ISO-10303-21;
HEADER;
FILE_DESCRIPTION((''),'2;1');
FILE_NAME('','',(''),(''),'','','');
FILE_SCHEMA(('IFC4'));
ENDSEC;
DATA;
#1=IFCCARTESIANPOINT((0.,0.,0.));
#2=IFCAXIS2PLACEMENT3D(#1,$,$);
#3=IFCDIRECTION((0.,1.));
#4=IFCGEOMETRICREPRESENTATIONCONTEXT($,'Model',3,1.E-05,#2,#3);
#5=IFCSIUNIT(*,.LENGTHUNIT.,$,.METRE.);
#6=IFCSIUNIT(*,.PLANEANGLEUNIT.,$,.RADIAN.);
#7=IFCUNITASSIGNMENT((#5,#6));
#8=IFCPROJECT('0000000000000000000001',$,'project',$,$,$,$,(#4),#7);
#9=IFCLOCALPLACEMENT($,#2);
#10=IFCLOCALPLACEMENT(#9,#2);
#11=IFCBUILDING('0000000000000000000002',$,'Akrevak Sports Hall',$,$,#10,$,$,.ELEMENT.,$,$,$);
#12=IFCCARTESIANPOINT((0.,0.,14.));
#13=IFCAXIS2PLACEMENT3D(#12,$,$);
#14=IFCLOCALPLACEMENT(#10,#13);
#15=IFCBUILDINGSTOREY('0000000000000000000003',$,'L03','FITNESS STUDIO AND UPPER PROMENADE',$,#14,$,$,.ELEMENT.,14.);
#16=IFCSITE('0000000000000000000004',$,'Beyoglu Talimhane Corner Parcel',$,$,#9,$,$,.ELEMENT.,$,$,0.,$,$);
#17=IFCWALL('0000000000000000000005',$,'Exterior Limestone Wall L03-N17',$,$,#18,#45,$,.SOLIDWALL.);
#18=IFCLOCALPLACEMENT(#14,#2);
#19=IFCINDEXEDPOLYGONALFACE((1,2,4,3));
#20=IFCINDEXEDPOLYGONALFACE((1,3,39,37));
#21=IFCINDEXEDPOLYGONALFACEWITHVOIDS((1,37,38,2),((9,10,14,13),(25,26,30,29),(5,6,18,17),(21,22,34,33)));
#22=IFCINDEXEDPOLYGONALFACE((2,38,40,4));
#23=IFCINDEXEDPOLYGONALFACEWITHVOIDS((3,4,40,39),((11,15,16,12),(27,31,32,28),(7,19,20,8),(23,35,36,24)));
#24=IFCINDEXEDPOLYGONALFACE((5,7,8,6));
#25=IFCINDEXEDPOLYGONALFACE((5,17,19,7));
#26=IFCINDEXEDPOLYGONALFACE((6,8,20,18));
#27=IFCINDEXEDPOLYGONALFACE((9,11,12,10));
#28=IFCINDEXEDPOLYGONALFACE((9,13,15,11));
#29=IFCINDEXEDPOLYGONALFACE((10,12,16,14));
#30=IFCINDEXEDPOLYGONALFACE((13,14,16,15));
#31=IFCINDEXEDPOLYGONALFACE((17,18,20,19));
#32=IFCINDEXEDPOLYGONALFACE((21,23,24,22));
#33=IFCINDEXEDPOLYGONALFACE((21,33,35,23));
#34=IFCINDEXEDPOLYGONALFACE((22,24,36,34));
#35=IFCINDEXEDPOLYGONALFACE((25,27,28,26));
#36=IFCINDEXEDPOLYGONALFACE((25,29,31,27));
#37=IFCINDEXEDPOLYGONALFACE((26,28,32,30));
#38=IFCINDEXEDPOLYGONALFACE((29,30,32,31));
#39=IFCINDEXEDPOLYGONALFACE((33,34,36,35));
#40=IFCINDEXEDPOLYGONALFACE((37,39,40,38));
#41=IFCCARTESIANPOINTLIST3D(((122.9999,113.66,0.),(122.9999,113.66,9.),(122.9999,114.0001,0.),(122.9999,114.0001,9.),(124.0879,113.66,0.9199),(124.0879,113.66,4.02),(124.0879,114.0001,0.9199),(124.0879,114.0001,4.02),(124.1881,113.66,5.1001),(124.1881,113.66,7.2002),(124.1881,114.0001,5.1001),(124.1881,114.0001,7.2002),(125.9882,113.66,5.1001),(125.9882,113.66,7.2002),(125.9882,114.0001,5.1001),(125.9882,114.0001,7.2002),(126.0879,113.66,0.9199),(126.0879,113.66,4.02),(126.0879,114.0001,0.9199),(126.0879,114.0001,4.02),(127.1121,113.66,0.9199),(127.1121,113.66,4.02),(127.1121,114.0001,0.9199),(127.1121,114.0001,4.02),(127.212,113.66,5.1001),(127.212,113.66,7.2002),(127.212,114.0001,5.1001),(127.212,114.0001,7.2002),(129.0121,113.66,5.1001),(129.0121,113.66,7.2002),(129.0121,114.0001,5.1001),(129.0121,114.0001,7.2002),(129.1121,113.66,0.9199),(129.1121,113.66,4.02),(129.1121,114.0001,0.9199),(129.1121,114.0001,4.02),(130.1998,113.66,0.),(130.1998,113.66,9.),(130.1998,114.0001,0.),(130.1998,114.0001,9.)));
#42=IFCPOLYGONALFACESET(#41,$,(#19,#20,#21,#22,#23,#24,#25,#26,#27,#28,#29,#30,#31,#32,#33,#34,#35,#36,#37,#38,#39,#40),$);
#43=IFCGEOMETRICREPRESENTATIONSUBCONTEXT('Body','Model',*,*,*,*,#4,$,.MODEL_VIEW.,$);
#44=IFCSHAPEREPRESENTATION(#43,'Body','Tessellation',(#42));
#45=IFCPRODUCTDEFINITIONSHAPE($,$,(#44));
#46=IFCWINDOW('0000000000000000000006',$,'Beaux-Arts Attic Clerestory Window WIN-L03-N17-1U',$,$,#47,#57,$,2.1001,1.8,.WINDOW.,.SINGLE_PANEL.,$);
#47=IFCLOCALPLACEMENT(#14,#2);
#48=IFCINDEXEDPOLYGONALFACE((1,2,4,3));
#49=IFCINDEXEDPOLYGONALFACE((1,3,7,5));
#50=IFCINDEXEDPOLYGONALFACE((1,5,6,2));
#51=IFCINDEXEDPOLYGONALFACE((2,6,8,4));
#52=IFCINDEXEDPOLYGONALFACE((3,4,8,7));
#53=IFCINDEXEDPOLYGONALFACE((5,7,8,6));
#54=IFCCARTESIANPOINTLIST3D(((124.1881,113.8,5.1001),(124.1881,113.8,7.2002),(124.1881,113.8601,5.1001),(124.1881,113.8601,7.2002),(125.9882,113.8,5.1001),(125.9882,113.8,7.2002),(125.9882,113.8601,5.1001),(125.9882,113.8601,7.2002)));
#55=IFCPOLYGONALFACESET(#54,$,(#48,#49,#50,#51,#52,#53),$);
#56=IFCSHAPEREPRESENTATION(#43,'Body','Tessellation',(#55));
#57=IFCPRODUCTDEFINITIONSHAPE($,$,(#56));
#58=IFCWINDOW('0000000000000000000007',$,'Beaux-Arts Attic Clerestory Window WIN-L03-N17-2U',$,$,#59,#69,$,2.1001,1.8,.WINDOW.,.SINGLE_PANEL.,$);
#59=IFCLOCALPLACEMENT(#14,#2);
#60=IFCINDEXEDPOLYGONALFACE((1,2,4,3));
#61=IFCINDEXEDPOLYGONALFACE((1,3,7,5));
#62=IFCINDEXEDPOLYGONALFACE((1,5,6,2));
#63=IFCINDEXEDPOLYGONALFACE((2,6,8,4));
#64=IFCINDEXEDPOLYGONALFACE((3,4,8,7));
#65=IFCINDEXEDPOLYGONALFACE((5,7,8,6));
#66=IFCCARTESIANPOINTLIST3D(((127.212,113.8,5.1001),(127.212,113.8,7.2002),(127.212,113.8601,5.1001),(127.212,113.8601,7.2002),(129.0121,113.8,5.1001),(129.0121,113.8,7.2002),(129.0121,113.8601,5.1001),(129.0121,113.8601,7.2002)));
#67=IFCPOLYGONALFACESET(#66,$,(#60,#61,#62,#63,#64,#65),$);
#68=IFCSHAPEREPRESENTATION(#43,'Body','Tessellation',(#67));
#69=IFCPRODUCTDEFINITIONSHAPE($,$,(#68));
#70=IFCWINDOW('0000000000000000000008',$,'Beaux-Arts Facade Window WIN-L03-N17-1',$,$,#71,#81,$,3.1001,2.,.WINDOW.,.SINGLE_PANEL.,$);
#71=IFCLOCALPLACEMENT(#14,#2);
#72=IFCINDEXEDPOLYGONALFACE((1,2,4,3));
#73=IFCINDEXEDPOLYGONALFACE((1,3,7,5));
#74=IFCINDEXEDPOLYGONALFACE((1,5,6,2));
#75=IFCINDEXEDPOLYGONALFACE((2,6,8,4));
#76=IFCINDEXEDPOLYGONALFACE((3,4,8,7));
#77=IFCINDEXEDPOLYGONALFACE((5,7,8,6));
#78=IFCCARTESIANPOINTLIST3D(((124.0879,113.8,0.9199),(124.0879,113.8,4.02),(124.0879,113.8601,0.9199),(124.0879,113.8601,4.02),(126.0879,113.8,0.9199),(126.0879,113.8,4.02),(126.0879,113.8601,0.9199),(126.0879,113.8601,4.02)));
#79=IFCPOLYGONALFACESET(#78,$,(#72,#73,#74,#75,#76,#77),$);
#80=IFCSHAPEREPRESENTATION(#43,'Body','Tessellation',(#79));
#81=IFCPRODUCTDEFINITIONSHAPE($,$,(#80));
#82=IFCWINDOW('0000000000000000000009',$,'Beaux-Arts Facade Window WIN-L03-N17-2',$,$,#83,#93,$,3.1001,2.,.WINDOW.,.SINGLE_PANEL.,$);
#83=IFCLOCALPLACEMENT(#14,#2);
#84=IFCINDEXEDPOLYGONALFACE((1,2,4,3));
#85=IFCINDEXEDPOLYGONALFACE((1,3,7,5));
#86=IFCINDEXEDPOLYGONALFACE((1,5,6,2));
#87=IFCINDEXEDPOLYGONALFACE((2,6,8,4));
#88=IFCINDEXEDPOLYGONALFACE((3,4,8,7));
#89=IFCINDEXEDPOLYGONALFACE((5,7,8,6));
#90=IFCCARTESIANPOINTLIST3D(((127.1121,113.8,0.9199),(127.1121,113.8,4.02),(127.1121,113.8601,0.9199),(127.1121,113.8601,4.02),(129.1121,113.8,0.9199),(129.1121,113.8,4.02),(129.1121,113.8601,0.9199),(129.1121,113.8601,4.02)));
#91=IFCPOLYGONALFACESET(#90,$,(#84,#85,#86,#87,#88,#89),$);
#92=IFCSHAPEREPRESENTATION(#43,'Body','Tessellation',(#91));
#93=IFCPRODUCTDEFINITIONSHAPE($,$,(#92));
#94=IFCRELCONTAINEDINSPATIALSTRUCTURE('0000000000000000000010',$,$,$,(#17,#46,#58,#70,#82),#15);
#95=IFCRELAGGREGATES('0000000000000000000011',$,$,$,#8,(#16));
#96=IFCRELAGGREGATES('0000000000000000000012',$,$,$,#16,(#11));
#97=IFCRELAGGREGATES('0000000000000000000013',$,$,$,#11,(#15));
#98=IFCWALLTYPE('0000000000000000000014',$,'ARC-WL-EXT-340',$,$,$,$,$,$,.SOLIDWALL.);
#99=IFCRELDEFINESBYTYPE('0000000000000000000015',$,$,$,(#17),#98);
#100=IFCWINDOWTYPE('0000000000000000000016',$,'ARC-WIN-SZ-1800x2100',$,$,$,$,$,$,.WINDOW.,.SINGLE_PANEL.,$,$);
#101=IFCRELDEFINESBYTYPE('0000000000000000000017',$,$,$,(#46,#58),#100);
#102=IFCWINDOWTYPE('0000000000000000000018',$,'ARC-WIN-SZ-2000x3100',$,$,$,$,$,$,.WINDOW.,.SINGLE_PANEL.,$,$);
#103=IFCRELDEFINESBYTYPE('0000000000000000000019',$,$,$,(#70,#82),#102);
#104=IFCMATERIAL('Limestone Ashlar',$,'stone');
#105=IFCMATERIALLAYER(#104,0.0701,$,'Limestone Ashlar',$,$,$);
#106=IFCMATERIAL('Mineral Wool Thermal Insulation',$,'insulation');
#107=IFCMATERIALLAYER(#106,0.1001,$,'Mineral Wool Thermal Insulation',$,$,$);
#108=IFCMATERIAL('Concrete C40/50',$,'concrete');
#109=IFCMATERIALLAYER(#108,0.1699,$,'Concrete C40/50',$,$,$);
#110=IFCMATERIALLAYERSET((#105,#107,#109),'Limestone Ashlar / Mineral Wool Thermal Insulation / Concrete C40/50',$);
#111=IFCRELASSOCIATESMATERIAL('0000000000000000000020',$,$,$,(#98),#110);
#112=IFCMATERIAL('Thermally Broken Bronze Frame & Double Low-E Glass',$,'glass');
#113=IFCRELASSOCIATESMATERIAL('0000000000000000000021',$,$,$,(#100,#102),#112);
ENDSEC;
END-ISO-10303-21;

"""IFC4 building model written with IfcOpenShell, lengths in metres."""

from ifc_helpers import new_model, si_unit, direction, frame, frame_2d, origin, place, context, subcontext, project, spatial, rectangle, extrude, material, layer, layer_set, type_object, element, fill, save


model = new_model("IFC4")

# Units and contexts
model_context = context("Model", 3, precision=1e-05, world=origin(), true_north=direction((0.0, 1.0)))
body_context = subcontext(model_context, "Body", "Model", "MODEL_VIEW")
ifc_project = project(units=[si_unit("LENGTHUNIT", "METRE"), si_unit("PLANEANGLEUNIT", "RADIAN")], contexts=[model_context])

# Site, building, storey
site_placement = place(None, origin())
site = spatial("IfcSite", under=ifc_project, at=site_placement, Name="Beyoglu Talimhane Corner Parcel", CompositionType="ELEMENT", RefElevation=0.0)
building_placement = place(site_placement, origin())
building = spatial("IfcBuilding", under=site, at=building_placement, Name="Akrevak Sports Hall", CompositionType="ELEMENT")
storey_placement = place(building_placement, frame((0.0, 0.0, 14.0)))
storey = spatial("IfcBuildingStorey", under=building, at=storey_placement, Name="L03", Description="FITNESS STUDIO AND UPPER PROMENADE", CompositionType="ELEMENT", Elevation=14.0)

# Shared definitions
ifc_material_1 = material(Name="Concrete C40/50", Category="concrete")

# Wall, openings, windows
ifc_material_2 = material(Name="Limestone Ashlar", Category="stone")
ifc_layer_1 = layer(ifc_material_2, 0.0701, Name="Limestone Ashlar")
ifc_material_3 = material(Name="Mineral Wool Thermal Insulation", Category="insulation")
ifc_layer_2 = layer(ifc_material_3, 0.1001, Name="Mineral Wool Thermal Insulation")
ifc_layer_3 = layer(ifc_material_1, 0.1699, Name="Concrete C40/50")
ifc_layer_set_1 = layer_set([ifc_layer_1, ifc_layer_2, ifc_layer_3], Name="Limestone Ashlar / Mineral Wool Thermal Insulation / Concrete C40/50")
wall_type = type_object("IfcWallType", Name="ARC-WL-EXT-340", PredefinedType="SOLIDWALL", material=ifc_layer_set_1)
ifc_material_4 = material(Name="Thermally Broken Bronze Frame & Double Low-E Glass", Category="glass")
window_type_1 = type_object("IfcWindowType", Name="ARC-WIN-SZ-1800x2100", PartitioningType="SINGLE_PANEL", PredefinedType="WINDOW", material=ifc_material_4)
window_type_2 = type_object("IfcWindowType", Name="ARC-WIN-SZ-2000x3100", PartitioningType="SINGLE_PANEL", PredefinedType="WINDOW", material=ifc_material_4)
wall_1_placement = place(storey_placement, frame((130.2, 113.8301, 0.0), z_axis=(0.0, 0.0, 1.0), x_axis=(-1.0, 0.0, 0.0)))
wall_1 = element("IfcWall", 1, at=wall_1_placement, inside=storey, type_object=wall_type, Name="Exterior Limestone Wall L03-N17", PredefinedType="SOLIDWALL", context=body_context, shape_type="SweptSolid", body=[
    extrude(rectangle(XDim=7.2, YDim=0.3401, at=frame_2d((3.6001, 0.0))), origin(), (0.0, 0.0, 1.0), 9.0),
])
opening_1_placement = place(wall_1_placement, frame((4.1121, 0.0, 0.9199)))
opening_1 = element("IfcOpeningElement", 2, at=opening_1_placement, cuts=wall_1, PredefinedType="OPENING", context=body_context, shape_type="SweptSolid", body=[
    extrude(rectangle(XDim=2.0, YDim=3.1001, at=frame_2d((1.0, 1.55))), frame((0.0, 0.1821, 0.0), z_axis=(0.0, -1.0, 0.0), x_axis=(1.0, 0.0, 0.0)), (0.0, 0.0, 1.0), 0.364),
])
opening_2_placement = place(wall_1_placement, frame((4.2119, 0.0, 5.1001)))
opening_2 = element("IfcOpeningElement", 3, at=opening_2_placement, cuts=wall_1, PredefinedType="OPENING", context=body_context, shape_type="SweptSolid", body=[
    extrude(rectangle(XDim=1.8, YDim=2.1001, at=frame_2d((0.8999, 1.05))), frame((0.0, 0.1821, 0.0), z_axis=(0.0, -1.0, 0.0), x_axis=(1.0, 0.0, 0.0)), (0.0, 0.0, 1.0), 0.364),
])
opening_3_placement = place(wall_1_placement, frame((1.0879, 0.0, 0.9199)))
opening_3 = element("IfcOpeningElement", 4, at=opening_3_placement, cuts=wall_1, PredefinedType="OPENING", context=body_context, shape_type="SweptSolid", body=[
    extrude(rectangle(XDim=2.0, YDim=3.1001, at=frame_2d((1.0, 1.55))), frame((0.0, 0.1821, 0.0), z_axis=(0.0, -1.0, 0.0), x_axis=(1.0, 0.0, 0.0)), (0.0, 0.0, 1.0), 0.364),
])
opening_4_placement = place(wall_1_placement, frame((1.188, 0.0, 5.1001)))
opening_4 = element("IfcOpeningElement", 5, at=opening_4_placement, cuts=wall_1, PredefinedType="OPENING", context=body_context, shape_type="SweptSolid", body=[
    extrude(rectangle(XDim=1.8, YDim=2.1001, at=frame_2d((0.8999, 1.05))), frame((0.0, 0.1821, 0.0), z_axis=(0.0, -1.0, 0.0), x_axis=(1.0, 0.0, 0.0)), (0.0, 0.0, 1.0), 0.364),
])
window_1_placement = place(opening_2_placement, origin())
window_1 = element("IfcWindow", 6, at=window_1_placement, inside=storey, type_object=window_type_1, Name="Beaux-Arts Attic Clerestory Window WIN-L03-N17-1U", OverallHeight=2.1001, OverallWidth=1.8, PartitioningType="SINGLE_PANEL", PredefinedType="WINDOW", context=body_context, shape_type="SweptSolid", body=[
    extrude(rectangle(XDim=1.8, YDim=2.1001, at=frame_2d((0.8999, 1.05))), frame((0.0, 0.03, 0.0), z_axis=(0.0, -1.0, 0.0), x_axis=(1.0, 0.0, 0.0)), (0.0, 0.0, 1.0), 0.0601),
])
fill(opening_2, window_1)
window_2_placement = place(opening_4_placement, origin())
window_2 = element("IfcWindow", 7, at=window_2_placement, inside=storey, type_object=window_type_1, Name="Beaux-Arts Attic Clerestory Window WIN-L03-N17-2U", OverallHeight=2.1001, OverallWidth=1.8, PartitioningType="SINGLE_PANEL", PredefinedType="WINDOW", context=body_context, shape_type="SweptSolid", body=[
    extrude(rectangle(XDim=1.8, YDim=2.1001, at=frame_2d((0.8999, 1.05))), frame((0.0, 0.03, 0.0), z_axis=(0.0, -1.0, 0.0), x_axis=(1.0, 0.0, 0.0)), (0.0, 0.0, 1.0), 0.0601),
])
fill(opening_4, window_2)
window_3_placement = place(opening_1_placement, origin())
window_3 = element("IfcWindow", 8, at=window_3_placement, inside=storey, type_object=window_type_2, Name="Beaux-Arts Facade Window WIN-L03-N17-1", OverallHeight=3.1001, OverallWidth=2.0, PartitioningType="SINGLE_PANEL", PredefinedType="WINDOW", context=body_context, shape_type="SweptSolid", body=[
    extrude(rectangle(XDim=2.0, YDim=3.1001, at=frame_2d((1.0, 1.55))), frame((0.0, 0.03, 0.0), z_axis=(0.0, -1.0, 0.0), x_axis=(1.0, 0.0, 0.0)), (0.0, 0.0, 1.0), 0.0601),
])
fill(opening_1, window_3)
window_4_placement = place(opening_3_placement, origin())
window_4 = element("IfcWindow", 9, at=window_4_placement, inside=storey, type_object=window_type_2, Name="Beaux-Arts Facade Window WIN-L03-N17-2", OverallHeight=3.1001, OverallWidth=2.0, PartitioningType="SINGLE_PANEL", PredefinedType="WINDOW", context=body_context, shape_type="SweptSolid", body=[
    extrude(rectangle(XDim=2.0, YDim=3.1001, at=frame_2d((1.0, 1.55))), frame((0.0, 0.03, 0.0), z_axis=(0.0, -1.0, 0.0), x_axis=(1.0, 0.0, 0.0)), (0.0, 0.0, 1.0), 0.0601),
])
fill(opening_3, window_4)

save(model, "model.ifc")
